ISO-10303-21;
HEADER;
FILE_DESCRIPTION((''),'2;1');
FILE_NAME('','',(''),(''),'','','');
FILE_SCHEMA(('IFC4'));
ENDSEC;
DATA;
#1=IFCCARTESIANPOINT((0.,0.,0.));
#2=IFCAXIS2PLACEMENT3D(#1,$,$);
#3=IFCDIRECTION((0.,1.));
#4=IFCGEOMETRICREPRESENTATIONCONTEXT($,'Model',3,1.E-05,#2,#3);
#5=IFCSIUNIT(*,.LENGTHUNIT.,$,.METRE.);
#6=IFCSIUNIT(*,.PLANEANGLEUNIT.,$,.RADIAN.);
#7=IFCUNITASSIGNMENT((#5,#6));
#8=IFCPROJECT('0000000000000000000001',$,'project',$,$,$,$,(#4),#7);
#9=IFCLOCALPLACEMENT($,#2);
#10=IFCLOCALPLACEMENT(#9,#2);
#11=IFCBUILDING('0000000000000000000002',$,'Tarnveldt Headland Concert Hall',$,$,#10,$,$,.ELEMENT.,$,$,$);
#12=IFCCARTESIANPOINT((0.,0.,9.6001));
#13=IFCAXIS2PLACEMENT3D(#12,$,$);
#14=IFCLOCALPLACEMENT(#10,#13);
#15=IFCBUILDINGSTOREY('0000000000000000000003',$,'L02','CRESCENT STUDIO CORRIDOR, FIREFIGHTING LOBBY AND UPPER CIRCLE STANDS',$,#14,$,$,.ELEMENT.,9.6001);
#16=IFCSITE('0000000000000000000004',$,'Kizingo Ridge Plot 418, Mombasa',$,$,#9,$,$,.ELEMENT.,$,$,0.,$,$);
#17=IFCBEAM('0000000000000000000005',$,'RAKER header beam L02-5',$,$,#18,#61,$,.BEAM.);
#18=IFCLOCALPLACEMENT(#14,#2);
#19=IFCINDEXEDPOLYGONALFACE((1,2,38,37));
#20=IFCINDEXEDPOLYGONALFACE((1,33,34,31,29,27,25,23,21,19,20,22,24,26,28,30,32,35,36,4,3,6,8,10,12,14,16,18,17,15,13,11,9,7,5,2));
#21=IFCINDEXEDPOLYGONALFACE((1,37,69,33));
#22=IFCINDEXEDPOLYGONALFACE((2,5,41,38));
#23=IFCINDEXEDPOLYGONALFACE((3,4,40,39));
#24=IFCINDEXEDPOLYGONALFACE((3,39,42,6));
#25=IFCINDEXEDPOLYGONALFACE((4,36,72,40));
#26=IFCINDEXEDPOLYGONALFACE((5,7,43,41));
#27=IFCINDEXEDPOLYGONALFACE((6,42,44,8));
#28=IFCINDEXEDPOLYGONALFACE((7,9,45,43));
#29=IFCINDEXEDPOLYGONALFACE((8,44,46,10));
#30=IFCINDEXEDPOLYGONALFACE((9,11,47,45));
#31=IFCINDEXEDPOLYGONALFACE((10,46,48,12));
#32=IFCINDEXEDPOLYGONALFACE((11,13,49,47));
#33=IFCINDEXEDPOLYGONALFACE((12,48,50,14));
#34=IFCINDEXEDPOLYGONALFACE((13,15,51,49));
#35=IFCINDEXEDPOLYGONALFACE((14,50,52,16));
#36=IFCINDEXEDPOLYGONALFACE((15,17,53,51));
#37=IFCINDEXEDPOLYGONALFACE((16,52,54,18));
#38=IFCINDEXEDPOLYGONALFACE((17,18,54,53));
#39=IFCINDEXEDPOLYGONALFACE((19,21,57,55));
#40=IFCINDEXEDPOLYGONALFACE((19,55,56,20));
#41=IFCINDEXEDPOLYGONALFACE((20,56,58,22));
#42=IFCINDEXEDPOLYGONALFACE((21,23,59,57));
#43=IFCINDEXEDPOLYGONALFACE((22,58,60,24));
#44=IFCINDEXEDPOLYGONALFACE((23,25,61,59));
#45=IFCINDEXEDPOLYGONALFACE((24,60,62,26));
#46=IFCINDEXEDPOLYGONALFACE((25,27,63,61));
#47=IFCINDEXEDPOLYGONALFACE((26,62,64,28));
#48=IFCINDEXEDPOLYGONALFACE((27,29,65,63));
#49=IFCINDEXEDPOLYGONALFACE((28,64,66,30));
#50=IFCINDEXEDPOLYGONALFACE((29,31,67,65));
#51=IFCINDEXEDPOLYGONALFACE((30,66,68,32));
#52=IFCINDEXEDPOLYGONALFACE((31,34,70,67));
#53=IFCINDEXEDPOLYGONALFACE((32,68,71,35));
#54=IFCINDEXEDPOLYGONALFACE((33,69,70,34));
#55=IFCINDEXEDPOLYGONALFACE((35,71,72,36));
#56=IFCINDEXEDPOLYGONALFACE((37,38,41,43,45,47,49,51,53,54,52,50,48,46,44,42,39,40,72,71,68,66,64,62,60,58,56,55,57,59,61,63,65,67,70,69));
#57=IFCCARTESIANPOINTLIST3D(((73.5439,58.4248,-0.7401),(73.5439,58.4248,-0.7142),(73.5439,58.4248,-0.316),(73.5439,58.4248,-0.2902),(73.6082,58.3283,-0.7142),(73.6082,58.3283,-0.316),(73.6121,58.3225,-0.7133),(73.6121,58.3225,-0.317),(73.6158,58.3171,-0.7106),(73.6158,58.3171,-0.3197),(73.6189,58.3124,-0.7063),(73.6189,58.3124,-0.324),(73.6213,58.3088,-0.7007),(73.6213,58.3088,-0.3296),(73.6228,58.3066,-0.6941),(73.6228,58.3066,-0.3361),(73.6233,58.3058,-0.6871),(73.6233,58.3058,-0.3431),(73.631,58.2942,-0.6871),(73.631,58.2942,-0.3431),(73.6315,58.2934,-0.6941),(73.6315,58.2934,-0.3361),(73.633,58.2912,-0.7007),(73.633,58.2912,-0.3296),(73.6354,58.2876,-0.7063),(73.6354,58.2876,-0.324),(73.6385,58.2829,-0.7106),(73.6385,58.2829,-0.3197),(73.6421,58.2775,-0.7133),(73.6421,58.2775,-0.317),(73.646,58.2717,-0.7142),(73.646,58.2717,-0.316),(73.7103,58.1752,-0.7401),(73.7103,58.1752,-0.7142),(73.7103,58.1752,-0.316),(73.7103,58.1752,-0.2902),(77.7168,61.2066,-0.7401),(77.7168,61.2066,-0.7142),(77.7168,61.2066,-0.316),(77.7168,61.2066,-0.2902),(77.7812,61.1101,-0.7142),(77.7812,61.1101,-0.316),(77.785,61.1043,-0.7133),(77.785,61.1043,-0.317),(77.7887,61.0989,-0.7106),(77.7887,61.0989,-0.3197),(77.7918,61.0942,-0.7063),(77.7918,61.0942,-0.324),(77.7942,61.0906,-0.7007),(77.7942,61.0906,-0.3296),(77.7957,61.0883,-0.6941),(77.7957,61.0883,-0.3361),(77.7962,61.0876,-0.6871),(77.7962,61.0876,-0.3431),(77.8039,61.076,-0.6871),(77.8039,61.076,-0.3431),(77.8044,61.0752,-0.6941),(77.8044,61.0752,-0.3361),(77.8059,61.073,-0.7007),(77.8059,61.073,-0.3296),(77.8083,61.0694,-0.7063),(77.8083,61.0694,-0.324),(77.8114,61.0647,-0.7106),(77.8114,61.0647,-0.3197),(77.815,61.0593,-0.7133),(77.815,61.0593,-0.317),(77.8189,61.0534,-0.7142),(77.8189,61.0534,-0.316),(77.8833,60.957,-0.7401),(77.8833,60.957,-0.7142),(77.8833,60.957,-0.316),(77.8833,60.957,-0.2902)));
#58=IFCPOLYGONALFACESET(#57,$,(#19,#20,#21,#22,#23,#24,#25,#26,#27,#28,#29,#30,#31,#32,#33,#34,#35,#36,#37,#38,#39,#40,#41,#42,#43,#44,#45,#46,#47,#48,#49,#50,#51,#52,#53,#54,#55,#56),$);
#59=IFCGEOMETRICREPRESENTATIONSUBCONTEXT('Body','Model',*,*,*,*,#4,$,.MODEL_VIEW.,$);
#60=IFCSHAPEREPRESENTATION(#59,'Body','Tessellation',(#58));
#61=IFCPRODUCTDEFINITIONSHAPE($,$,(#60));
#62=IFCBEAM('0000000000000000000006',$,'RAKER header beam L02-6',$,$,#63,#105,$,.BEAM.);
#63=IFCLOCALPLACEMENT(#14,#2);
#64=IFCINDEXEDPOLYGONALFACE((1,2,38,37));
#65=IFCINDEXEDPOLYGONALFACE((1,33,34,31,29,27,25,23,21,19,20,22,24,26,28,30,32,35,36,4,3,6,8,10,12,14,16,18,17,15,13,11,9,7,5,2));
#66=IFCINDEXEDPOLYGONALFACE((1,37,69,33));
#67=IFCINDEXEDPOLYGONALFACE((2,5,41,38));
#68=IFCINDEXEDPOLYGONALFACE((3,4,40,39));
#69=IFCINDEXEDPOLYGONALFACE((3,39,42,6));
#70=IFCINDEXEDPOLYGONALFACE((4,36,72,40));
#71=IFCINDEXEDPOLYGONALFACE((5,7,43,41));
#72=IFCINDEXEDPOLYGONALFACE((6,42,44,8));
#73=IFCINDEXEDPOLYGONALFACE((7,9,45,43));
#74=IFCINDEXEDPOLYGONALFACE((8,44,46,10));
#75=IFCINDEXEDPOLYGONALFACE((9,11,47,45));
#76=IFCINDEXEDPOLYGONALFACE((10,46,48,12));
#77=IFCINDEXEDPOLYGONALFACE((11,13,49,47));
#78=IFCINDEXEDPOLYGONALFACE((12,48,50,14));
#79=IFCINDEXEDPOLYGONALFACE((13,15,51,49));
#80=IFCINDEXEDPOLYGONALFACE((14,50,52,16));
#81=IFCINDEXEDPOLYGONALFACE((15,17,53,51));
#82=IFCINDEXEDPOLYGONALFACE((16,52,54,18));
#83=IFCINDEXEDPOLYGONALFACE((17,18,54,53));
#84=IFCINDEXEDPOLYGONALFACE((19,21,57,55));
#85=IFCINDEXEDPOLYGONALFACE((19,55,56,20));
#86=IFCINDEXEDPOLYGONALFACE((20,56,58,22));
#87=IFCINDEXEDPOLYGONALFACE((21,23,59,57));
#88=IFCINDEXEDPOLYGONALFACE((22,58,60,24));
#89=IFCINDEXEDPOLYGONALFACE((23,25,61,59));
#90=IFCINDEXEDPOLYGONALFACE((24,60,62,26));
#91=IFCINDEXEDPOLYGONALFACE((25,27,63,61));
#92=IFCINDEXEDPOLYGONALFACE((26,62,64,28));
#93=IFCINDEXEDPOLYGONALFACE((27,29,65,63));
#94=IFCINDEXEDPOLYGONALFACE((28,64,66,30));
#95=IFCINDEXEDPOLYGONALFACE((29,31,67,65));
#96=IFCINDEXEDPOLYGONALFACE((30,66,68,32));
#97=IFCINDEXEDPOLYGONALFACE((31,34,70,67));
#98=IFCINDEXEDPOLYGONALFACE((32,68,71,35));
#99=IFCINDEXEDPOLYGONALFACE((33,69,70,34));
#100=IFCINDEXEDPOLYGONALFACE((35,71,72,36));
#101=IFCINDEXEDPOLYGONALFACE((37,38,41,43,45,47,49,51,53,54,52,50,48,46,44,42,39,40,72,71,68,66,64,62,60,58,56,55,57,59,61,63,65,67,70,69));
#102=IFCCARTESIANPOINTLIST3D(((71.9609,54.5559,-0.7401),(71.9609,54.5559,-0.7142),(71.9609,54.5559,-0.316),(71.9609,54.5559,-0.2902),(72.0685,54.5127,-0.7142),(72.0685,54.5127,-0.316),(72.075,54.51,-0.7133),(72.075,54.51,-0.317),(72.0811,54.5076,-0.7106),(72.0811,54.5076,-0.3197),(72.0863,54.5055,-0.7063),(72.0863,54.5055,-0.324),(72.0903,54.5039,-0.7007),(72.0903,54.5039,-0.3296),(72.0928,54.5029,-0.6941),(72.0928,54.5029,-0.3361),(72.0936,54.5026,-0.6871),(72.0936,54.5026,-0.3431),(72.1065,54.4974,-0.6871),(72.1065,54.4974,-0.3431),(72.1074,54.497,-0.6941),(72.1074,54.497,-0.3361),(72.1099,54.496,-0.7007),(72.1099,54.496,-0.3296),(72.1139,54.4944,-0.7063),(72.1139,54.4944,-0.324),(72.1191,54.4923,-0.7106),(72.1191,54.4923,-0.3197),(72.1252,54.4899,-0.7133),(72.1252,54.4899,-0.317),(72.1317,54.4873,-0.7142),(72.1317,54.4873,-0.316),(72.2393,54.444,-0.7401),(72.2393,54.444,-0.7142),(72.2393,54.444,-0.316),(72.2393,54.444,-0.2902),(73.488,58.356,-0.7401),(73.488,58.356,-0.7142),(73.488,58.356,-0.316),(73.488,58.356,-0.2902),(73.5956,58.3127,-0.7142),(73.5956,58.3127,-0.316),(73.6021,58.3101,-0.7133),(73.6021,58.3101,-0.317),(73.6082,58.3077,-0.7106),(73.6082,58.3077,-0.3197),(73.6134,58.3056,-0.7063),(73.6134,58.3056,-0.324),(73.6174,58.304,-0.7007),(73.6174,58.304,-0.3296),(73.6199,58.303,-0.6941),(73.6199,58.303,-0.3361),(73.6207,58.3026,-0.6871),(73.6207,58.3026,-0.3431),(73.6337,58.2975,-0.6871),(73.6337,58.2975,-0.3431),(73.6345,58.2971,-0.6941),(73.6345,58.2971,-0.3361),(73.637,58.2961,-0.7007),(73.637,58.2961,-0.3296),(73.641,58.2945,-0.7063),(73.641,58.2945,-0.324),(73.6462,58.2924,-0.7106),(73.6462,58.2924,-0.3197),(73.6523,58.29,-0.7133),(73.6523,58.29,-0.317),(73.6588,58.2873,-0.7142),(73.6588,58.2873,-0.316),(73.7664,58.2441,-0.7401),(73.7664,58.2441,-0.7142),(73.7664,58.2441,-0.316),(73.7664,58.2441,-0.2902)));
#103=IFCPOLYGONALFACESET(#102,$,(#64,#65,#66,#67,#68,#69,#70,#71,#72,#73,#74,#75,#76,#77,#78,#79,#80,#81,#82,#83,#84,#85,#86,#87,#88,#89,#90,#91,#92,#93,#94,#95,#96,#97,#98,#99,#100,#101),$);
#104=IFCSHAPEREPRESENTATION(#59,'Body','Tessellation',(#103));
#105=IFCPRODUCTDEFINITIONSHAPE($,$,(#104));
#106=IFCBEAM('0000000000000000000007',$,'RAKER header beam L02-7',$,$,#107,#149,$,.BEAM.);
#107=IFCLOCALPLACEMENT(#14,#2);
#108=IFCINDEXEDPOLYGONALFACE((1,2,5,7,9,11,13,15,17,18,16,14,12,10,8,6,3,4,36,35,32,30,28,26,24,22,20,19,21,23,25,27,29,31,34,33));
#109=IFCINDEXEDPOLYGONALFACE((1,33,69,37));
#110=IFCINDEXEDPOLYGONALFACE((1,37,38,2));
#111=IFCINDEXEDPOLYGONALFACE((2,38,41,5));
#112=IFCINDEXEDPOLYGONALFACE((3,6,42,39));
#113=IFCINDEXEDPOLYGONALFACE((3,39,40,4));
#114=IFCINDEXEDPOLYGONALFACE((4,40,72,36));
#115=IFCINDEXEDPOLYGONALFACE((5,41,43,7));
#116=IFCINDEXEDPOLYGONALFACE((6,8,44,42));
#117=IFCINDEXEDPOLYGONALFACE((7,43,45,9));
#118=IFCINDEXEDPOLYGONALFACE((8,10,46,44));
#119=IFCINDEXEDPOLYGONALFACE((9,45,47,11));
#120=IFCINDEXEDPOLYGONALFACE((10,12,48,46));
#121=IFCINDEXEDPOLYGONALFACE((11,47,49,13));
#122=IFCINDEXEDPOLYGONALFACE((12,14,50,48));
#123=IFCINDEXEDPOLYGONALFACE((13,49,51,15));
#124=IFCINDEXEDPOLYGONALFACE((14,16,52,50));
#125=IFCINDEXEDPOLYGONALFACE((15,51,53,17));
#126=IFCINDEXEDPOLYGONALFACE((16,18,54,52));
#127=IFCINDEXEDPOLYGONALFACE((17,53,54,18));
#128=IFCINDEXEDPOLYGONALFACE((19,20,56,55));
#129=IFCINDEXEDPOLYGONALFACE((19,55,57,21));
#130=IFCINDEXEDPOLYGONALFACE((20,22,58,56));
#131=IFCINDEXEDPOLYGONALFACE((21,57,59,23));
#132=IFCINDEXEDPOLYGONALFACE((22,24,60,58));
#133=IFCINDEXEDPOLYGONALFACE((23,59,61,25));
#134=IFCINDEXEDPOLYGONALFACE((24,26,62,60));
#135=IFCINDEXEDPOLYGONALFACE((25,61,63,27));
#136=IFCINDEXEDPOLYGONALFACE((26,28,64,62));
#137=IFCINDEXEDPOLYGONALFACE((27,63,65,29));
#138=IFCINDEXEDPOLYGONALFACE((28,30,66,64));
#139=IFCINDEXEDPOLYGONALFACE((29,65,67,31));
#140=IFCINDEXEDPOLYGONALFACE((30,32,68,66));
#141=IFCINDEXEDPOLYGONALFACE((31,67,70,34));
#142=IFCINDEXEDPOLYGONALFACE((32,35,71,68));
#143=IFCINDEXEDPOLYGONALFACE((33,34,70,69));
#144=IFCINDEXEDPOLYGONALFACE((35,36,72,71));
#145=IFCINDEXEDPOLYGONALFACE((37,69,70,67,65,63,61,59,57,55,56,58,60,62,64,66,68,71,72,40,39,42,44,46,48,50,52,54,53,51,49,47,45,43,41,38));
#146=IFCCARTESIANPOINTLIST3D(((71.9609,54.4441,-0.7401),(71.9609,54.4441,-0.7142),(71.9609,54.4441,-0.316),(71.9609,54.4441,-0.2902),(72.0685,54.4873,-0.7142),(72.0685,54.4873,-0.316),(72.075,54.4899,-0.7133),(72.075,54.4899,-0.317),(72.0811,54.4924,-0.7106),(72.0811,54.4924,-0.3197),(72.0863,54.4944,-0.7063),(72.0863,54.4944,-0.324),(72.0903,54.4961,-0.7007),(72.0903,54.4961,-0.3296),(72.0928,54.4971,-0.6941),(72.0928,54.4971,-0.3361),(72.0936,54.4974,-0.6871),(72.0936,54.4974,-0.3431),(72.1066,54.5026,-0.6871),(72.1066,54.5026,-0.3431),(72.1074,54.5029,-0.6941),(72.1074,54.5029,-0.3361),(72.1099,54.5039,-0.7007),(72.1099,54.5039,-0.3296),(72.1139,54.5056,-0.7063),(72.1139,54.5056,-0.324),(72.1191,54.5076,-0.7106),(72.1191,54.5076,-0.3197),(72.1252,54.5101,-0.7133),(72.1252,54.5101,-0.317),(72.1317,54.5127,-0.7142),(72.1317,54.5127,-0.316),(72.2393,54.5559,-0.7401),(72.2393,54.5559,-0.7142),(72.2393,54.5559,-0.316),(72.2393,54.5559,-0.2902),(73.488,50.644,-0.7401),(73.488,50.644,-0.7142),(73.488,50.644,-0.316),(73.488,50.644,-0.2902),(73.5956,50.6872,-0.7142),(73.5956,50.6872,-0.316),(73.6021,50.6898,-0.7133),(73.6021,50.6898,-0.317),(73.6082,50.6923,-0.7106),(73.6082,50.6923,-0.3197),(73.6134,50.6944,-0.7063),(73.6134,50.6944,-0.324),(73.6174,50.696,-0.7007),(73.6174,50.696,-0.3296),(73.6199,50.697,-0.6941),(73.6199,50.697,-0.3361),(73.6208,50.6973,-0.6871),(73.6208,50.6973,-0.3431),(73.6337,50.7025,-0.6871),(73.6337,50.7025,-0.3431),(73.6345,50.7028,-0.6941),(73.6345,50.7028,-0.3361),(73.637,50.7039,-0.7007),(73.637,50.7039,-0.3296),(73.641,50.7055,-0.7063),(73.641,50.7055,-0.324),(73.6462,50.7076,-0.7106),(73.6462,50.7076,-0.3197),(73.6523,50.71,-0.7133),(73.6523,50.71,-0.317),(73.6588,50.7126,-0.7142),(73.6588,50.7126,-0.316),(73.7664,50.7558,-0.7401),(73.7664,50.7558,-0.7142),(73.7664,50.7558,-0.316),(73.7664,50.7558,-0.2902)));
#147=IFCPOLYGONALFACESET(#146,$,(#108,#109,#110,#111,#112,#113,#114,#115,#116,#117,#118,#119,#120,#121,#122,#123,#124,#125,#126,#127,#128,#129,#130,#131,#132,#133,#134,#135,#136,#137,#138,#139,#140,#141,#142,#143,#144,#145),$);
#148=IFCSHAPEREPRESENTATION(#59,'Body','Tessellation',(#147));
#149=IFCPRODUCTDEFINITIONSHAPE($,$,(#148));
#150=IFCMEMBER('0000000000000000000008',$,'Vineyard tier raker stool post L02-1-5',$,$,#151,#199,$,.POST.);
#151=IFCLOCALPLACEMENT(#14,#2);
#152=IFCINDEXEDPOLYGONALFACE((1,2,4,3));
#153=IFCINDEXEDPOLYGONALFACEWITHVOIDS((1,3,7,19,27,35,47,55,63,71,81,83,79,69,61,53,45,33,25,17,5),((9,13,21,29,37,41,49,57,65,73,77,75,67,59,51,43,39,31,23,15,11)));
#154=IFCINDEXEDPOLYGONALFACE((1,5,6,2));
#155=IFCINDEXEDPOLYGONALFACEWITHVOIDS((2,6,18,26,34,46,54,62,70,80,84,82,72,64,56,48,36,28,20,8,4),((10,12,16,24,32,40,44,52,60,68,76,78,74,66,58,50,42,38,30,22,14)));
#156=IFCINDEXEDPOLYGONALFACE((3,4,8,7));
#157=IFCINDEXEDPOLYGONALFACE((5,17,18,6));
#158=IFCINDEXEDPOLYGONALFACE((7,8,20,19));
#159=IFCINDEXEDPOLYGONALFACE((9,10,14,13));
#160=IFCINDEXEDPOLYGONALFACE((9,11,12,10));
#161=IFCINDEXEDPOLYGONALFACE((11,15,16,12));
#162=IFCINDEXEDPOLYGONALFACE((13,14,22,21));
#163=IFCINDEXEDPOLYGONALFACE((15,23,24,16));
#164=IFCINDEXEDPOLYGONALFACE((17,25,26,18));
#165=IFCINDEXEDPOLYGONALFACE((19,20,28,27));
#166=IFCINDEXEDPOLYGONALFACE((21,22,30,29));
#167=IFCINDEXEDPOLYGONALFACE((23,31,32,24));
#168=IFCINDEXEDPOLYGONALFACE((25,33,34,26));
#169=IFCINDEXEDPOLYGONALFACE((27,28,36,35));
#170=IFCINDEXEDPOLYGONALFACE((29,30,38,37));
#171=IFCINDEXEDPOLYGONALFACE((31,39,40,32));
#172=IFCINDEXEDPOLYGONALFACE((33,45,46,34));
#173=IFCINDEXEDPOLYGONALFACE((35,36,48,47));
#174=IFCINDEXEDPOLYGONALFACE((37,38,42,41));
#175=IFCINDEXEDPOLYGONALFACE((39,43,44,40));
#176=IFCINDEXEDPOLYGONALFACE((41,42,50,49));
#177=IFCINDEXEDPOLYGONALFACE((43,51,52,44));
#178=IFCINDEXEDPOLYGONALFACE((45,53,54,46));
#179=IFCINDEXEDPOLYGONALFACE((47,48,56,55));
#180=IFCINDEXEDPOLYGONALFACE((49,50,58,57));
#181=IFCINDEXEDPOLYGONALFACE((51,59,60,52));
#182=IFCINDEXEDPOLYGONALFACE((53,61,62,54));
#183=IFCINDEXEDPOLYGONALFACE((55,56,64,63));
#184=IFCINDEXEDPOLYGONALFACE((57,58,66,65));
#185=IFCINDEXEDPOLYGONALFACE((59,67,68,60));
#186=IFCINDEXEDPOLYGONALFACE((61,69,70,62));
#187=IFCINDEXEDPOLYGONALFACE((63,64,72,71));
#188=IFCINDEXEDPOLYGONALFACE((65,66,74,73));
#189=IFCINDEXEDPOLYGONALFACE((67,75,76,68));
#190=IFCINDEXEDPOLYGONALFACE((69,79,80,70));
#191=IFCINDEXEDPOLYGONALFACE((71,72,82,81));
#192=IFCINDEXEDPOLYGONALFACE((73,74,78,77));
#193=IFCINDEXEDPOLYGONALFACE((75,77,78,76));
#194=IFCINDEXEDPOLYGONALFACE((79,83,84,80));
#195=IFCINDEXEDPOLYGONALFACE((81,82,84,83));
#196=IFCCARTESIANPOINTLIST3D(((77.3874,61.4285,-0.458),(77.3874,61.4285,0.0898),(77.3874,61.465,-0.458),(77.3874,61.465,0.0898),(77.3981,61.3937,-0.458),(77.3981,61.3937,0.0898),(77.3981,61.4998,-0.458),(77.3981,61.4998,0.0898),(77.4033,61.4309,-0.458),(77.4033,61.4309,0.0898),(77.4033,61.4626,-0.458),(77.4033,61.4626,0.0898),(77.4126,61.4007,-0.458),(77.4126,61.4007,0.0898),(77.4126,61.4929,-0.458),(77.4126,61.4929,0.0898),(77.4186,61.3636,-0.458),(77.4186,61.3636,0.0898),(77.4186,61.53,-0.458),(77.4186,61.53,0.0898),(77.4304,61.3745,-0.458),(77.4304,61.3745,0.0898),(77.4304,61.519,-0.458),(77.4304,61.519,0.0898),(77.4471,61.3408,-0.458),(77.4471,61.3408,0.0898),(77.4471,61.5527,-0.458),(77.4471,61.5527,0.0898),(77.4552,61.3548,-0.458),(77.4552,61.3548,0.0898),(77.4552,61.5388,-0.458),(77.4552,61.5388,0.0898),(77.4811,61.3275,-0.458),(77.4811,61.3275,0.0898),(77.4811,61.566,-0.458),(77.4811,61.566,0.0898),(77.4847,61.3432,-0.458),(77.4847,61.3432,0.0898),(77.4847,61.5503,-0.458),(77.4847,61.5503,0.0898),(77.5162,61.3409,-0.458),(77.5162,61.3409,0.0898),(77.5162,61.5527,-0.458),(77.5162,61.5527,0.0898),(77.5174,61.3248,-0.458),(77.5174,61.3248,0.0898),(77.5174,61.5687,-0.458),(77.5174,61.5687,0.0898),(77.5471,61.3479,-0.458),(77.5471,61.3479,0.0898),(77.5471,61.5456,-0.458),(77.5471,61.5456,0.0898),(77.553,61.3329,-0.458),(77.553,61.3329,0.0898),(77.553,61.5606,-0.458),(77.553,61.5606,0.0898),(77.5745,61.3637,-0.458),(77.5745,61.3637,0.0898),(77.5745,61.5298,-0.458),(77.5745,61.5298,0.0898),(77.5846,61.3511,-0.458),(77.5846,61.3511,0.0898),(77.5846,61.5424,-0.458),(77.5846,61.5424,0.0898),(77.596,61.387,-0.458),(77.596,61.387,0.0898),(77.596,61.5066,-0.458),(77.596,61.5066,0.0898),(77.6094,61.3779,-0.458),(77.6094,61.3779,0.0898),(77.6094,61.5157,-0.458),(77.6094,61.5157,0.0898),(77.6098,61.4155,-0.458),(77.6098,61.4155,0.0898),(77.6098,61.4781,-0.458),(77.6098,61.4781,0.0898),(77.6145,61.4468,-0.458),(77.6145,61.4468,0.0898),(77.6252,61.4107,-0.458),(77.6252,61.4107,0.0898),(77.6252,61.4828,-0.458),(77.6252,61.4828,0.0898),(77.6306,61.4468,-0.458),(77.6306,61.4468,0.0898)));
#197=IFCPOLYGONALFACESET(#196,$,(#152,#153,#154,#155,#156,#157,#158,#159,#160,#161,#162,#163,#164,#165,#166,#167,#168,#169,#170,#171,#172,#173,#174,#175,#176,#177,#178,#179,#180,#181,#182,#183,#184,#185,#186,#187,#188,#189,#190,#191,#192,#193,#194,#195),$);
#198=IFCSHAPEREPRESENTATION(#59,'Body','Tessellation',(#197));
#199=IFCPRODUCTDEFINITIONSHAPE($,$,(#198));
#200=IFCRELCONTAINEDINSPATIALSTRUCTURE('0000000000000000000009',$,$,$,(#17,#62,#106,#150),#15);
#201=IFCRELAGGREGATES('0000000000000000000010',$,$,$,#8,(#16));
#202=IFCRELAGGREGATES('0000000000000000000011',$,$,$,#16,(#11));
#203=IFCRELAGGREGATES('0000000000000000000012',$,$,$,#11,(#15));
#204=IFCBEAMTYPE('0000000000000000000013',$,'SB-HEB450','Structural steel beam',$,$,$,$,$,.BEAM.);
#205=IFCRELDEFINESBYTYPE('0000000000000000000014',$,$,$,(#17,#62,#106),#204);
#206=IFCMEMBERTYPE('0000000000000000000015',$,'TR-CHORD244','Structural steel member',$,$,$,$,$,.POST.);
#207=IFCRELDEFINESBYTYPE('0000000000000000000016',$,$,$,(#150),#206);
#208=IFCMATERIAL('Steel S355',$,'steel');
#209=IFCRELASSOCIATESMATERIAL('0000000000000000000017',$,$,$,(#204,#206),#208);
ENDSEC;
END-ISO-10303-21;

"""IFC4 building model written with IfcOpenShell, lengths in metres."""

from ifc_helpers import new_model, si_unit, direction, frame, origin, origin_2d, place, context, subcontext, project, spatial, hollow_circle, i_section, extrude, material, material_profile, profile_set, type_object, element, save


model = new_model("IFC4")

# Units and contexts
model_context = context("Model", 3, precision=1e-05, world=origin(), true_north=direction((0.0, 1.0)))
body_context = subcontext(model_context, "Body", "Model", "MODEL_VIEW")
ifc_project = project(units=[si_unit("LENGTHUNIT", "METRE"), si_unit("PLANEANGLEUNIT", "RADIAN")], contexts=[model_context])

# Site, building, storey
site_placement = place(None, origin())
site = spatial("IfcSite", under=ifc_project, at=site_placement, Name="Kizingo Ridge Plot 418, Mombasa", CompositionType="ELEMENT", RefElevation=0.0)
building_placement = place(site_placement, origin())
building = spatial("IfcBuilding", under=site, at=building_placement, Name="Tarnveldt Headland Concert Hall", CompositionType="ELEMENT")
storey_placement = place(building_placement, frame((0.0, 0.0, 9.6001)))
storey = spatial("IfcBuildingStorey", under=building, at=storey_placement, Name="L02", Description="CRESCENT STUDIO CORRIDOR, FIREFIGHTING LOBBY AND UPPER CIRCLE STANDS", CompositionType="ELEMENT", Elevation=9.6001)

# Shared definitions
ifc_material_1 = material(Name="Steel S355", Category="steel")

# Beams
ifc_material_profile_1 = material_profile(ifc_material_1, i_section(OverallWidth=0.3, OverallDepth=0.45, WebThickness=0.0139, FlangeThickness=0.0259, FilletRadius=0.0271, at=origin_2d()), Name="HEB450", Category="steel")
ifc_profile_set_1 = profile_set([ifc_material_profile_1], Name="Steel S355")
beam_type = type_object("IfcBeamType", Name="SB-HEB450", Description="Structural steel beam", PredefinedType="BEAM", material=ifc_profile_set_1)
beam_placement = place(storey_placement, frame((77.8, 61.0818, -0.5151), z_axis=(-0.832065, -0.554678, 0.0), x_axis=(0.554678, -0.832065, 0.0)))
element("IfcBeam", 1, at=beam_placement, inside=storey, type_object=beam_type, Name="RAKER header beam L02-5", PredefinedType="BEAM", context=body_context, shape_type="SweptSolid", body=[
    extrude(i_section(OverallWidth=0.3, OverallDepth=0.45, WebThickness=0.0139, FlangeThickness=0.0259, FilletRadius=0.0271, at=origin_2d()), origin(), (0.0, 0.0, 1.0), 5.0151),
])
for number, where, z_axis, x_axis, name in (
    (2, (73.6272, 58.3, -0.5151), (-0.372881, -0.927879, 0.0), (0.927879, -0.372881, 0.0), "RAKER header beam L02-6"),
    (3, (72.1001, 54.5, -0.5151), (0.372881, -0.927879, 0.0), (0.927879, 0.372881, 0.0), "RAKER header beam L02-7"),
):
    element("IfcBeam", number, at=place(storey_placement, frame(where, z_axis=z_axis, x_axis=x_axis)), inside=storey, type_object=beam_type, Name=name, PredefinedType="BEAM", context=body_context, shape_type="SweptSolid", body=[
        extrude(i_section(OverallWidth=0.3, OverallDepth=0.45, WebThickness=0.0139, FlangeThickness=0.0259, FilletRadius=0.0271, at=origin_2d()), origin(), (0.0, 0.0, 1.0), 4.0955),
    ])

# Member
ifc_material_profile_2 = material_profile(ifc_material_1, hollow_circle(Radius=0.1223, WallThickness=0.0161, at=origin_2d()), Name="CHS 244.5x16", Category="steel")
ifc_profile_set_2 = profile_set([ifc_material_profile_2], Name="Steel S355")
member_type = type_object("IfcMemberType", Name="TR-CHORD244", Description="Structural steel member", PredefinedType="POST", material=ifc_profile_set_2)
for number, where, z_axis, x_axis, name in (
    (4, (77.5083, 61.4468, -0.458), (0.0, 0.0, 1.0), (1.0, 0.0, 0.0), "Vineyard tier raker stool post L02-1-5"),
):
    element("IfcMember", number, at=place(storey_placement, frame(where, z_axis=z_axis, x_axis=x_axis)), inside=storey, type_object=member_type, Name=name, PredefinedType="POST", context=body_context, shape_type="SweptSolid", body=[
        extrude(hollow_circle(Radius=0.1223, WallThickness=0.0161, at=origin_2d()), origin(), (0.0, 0.0, 1.0), 0.5479),
    ])

save(model, "model.ifc")
